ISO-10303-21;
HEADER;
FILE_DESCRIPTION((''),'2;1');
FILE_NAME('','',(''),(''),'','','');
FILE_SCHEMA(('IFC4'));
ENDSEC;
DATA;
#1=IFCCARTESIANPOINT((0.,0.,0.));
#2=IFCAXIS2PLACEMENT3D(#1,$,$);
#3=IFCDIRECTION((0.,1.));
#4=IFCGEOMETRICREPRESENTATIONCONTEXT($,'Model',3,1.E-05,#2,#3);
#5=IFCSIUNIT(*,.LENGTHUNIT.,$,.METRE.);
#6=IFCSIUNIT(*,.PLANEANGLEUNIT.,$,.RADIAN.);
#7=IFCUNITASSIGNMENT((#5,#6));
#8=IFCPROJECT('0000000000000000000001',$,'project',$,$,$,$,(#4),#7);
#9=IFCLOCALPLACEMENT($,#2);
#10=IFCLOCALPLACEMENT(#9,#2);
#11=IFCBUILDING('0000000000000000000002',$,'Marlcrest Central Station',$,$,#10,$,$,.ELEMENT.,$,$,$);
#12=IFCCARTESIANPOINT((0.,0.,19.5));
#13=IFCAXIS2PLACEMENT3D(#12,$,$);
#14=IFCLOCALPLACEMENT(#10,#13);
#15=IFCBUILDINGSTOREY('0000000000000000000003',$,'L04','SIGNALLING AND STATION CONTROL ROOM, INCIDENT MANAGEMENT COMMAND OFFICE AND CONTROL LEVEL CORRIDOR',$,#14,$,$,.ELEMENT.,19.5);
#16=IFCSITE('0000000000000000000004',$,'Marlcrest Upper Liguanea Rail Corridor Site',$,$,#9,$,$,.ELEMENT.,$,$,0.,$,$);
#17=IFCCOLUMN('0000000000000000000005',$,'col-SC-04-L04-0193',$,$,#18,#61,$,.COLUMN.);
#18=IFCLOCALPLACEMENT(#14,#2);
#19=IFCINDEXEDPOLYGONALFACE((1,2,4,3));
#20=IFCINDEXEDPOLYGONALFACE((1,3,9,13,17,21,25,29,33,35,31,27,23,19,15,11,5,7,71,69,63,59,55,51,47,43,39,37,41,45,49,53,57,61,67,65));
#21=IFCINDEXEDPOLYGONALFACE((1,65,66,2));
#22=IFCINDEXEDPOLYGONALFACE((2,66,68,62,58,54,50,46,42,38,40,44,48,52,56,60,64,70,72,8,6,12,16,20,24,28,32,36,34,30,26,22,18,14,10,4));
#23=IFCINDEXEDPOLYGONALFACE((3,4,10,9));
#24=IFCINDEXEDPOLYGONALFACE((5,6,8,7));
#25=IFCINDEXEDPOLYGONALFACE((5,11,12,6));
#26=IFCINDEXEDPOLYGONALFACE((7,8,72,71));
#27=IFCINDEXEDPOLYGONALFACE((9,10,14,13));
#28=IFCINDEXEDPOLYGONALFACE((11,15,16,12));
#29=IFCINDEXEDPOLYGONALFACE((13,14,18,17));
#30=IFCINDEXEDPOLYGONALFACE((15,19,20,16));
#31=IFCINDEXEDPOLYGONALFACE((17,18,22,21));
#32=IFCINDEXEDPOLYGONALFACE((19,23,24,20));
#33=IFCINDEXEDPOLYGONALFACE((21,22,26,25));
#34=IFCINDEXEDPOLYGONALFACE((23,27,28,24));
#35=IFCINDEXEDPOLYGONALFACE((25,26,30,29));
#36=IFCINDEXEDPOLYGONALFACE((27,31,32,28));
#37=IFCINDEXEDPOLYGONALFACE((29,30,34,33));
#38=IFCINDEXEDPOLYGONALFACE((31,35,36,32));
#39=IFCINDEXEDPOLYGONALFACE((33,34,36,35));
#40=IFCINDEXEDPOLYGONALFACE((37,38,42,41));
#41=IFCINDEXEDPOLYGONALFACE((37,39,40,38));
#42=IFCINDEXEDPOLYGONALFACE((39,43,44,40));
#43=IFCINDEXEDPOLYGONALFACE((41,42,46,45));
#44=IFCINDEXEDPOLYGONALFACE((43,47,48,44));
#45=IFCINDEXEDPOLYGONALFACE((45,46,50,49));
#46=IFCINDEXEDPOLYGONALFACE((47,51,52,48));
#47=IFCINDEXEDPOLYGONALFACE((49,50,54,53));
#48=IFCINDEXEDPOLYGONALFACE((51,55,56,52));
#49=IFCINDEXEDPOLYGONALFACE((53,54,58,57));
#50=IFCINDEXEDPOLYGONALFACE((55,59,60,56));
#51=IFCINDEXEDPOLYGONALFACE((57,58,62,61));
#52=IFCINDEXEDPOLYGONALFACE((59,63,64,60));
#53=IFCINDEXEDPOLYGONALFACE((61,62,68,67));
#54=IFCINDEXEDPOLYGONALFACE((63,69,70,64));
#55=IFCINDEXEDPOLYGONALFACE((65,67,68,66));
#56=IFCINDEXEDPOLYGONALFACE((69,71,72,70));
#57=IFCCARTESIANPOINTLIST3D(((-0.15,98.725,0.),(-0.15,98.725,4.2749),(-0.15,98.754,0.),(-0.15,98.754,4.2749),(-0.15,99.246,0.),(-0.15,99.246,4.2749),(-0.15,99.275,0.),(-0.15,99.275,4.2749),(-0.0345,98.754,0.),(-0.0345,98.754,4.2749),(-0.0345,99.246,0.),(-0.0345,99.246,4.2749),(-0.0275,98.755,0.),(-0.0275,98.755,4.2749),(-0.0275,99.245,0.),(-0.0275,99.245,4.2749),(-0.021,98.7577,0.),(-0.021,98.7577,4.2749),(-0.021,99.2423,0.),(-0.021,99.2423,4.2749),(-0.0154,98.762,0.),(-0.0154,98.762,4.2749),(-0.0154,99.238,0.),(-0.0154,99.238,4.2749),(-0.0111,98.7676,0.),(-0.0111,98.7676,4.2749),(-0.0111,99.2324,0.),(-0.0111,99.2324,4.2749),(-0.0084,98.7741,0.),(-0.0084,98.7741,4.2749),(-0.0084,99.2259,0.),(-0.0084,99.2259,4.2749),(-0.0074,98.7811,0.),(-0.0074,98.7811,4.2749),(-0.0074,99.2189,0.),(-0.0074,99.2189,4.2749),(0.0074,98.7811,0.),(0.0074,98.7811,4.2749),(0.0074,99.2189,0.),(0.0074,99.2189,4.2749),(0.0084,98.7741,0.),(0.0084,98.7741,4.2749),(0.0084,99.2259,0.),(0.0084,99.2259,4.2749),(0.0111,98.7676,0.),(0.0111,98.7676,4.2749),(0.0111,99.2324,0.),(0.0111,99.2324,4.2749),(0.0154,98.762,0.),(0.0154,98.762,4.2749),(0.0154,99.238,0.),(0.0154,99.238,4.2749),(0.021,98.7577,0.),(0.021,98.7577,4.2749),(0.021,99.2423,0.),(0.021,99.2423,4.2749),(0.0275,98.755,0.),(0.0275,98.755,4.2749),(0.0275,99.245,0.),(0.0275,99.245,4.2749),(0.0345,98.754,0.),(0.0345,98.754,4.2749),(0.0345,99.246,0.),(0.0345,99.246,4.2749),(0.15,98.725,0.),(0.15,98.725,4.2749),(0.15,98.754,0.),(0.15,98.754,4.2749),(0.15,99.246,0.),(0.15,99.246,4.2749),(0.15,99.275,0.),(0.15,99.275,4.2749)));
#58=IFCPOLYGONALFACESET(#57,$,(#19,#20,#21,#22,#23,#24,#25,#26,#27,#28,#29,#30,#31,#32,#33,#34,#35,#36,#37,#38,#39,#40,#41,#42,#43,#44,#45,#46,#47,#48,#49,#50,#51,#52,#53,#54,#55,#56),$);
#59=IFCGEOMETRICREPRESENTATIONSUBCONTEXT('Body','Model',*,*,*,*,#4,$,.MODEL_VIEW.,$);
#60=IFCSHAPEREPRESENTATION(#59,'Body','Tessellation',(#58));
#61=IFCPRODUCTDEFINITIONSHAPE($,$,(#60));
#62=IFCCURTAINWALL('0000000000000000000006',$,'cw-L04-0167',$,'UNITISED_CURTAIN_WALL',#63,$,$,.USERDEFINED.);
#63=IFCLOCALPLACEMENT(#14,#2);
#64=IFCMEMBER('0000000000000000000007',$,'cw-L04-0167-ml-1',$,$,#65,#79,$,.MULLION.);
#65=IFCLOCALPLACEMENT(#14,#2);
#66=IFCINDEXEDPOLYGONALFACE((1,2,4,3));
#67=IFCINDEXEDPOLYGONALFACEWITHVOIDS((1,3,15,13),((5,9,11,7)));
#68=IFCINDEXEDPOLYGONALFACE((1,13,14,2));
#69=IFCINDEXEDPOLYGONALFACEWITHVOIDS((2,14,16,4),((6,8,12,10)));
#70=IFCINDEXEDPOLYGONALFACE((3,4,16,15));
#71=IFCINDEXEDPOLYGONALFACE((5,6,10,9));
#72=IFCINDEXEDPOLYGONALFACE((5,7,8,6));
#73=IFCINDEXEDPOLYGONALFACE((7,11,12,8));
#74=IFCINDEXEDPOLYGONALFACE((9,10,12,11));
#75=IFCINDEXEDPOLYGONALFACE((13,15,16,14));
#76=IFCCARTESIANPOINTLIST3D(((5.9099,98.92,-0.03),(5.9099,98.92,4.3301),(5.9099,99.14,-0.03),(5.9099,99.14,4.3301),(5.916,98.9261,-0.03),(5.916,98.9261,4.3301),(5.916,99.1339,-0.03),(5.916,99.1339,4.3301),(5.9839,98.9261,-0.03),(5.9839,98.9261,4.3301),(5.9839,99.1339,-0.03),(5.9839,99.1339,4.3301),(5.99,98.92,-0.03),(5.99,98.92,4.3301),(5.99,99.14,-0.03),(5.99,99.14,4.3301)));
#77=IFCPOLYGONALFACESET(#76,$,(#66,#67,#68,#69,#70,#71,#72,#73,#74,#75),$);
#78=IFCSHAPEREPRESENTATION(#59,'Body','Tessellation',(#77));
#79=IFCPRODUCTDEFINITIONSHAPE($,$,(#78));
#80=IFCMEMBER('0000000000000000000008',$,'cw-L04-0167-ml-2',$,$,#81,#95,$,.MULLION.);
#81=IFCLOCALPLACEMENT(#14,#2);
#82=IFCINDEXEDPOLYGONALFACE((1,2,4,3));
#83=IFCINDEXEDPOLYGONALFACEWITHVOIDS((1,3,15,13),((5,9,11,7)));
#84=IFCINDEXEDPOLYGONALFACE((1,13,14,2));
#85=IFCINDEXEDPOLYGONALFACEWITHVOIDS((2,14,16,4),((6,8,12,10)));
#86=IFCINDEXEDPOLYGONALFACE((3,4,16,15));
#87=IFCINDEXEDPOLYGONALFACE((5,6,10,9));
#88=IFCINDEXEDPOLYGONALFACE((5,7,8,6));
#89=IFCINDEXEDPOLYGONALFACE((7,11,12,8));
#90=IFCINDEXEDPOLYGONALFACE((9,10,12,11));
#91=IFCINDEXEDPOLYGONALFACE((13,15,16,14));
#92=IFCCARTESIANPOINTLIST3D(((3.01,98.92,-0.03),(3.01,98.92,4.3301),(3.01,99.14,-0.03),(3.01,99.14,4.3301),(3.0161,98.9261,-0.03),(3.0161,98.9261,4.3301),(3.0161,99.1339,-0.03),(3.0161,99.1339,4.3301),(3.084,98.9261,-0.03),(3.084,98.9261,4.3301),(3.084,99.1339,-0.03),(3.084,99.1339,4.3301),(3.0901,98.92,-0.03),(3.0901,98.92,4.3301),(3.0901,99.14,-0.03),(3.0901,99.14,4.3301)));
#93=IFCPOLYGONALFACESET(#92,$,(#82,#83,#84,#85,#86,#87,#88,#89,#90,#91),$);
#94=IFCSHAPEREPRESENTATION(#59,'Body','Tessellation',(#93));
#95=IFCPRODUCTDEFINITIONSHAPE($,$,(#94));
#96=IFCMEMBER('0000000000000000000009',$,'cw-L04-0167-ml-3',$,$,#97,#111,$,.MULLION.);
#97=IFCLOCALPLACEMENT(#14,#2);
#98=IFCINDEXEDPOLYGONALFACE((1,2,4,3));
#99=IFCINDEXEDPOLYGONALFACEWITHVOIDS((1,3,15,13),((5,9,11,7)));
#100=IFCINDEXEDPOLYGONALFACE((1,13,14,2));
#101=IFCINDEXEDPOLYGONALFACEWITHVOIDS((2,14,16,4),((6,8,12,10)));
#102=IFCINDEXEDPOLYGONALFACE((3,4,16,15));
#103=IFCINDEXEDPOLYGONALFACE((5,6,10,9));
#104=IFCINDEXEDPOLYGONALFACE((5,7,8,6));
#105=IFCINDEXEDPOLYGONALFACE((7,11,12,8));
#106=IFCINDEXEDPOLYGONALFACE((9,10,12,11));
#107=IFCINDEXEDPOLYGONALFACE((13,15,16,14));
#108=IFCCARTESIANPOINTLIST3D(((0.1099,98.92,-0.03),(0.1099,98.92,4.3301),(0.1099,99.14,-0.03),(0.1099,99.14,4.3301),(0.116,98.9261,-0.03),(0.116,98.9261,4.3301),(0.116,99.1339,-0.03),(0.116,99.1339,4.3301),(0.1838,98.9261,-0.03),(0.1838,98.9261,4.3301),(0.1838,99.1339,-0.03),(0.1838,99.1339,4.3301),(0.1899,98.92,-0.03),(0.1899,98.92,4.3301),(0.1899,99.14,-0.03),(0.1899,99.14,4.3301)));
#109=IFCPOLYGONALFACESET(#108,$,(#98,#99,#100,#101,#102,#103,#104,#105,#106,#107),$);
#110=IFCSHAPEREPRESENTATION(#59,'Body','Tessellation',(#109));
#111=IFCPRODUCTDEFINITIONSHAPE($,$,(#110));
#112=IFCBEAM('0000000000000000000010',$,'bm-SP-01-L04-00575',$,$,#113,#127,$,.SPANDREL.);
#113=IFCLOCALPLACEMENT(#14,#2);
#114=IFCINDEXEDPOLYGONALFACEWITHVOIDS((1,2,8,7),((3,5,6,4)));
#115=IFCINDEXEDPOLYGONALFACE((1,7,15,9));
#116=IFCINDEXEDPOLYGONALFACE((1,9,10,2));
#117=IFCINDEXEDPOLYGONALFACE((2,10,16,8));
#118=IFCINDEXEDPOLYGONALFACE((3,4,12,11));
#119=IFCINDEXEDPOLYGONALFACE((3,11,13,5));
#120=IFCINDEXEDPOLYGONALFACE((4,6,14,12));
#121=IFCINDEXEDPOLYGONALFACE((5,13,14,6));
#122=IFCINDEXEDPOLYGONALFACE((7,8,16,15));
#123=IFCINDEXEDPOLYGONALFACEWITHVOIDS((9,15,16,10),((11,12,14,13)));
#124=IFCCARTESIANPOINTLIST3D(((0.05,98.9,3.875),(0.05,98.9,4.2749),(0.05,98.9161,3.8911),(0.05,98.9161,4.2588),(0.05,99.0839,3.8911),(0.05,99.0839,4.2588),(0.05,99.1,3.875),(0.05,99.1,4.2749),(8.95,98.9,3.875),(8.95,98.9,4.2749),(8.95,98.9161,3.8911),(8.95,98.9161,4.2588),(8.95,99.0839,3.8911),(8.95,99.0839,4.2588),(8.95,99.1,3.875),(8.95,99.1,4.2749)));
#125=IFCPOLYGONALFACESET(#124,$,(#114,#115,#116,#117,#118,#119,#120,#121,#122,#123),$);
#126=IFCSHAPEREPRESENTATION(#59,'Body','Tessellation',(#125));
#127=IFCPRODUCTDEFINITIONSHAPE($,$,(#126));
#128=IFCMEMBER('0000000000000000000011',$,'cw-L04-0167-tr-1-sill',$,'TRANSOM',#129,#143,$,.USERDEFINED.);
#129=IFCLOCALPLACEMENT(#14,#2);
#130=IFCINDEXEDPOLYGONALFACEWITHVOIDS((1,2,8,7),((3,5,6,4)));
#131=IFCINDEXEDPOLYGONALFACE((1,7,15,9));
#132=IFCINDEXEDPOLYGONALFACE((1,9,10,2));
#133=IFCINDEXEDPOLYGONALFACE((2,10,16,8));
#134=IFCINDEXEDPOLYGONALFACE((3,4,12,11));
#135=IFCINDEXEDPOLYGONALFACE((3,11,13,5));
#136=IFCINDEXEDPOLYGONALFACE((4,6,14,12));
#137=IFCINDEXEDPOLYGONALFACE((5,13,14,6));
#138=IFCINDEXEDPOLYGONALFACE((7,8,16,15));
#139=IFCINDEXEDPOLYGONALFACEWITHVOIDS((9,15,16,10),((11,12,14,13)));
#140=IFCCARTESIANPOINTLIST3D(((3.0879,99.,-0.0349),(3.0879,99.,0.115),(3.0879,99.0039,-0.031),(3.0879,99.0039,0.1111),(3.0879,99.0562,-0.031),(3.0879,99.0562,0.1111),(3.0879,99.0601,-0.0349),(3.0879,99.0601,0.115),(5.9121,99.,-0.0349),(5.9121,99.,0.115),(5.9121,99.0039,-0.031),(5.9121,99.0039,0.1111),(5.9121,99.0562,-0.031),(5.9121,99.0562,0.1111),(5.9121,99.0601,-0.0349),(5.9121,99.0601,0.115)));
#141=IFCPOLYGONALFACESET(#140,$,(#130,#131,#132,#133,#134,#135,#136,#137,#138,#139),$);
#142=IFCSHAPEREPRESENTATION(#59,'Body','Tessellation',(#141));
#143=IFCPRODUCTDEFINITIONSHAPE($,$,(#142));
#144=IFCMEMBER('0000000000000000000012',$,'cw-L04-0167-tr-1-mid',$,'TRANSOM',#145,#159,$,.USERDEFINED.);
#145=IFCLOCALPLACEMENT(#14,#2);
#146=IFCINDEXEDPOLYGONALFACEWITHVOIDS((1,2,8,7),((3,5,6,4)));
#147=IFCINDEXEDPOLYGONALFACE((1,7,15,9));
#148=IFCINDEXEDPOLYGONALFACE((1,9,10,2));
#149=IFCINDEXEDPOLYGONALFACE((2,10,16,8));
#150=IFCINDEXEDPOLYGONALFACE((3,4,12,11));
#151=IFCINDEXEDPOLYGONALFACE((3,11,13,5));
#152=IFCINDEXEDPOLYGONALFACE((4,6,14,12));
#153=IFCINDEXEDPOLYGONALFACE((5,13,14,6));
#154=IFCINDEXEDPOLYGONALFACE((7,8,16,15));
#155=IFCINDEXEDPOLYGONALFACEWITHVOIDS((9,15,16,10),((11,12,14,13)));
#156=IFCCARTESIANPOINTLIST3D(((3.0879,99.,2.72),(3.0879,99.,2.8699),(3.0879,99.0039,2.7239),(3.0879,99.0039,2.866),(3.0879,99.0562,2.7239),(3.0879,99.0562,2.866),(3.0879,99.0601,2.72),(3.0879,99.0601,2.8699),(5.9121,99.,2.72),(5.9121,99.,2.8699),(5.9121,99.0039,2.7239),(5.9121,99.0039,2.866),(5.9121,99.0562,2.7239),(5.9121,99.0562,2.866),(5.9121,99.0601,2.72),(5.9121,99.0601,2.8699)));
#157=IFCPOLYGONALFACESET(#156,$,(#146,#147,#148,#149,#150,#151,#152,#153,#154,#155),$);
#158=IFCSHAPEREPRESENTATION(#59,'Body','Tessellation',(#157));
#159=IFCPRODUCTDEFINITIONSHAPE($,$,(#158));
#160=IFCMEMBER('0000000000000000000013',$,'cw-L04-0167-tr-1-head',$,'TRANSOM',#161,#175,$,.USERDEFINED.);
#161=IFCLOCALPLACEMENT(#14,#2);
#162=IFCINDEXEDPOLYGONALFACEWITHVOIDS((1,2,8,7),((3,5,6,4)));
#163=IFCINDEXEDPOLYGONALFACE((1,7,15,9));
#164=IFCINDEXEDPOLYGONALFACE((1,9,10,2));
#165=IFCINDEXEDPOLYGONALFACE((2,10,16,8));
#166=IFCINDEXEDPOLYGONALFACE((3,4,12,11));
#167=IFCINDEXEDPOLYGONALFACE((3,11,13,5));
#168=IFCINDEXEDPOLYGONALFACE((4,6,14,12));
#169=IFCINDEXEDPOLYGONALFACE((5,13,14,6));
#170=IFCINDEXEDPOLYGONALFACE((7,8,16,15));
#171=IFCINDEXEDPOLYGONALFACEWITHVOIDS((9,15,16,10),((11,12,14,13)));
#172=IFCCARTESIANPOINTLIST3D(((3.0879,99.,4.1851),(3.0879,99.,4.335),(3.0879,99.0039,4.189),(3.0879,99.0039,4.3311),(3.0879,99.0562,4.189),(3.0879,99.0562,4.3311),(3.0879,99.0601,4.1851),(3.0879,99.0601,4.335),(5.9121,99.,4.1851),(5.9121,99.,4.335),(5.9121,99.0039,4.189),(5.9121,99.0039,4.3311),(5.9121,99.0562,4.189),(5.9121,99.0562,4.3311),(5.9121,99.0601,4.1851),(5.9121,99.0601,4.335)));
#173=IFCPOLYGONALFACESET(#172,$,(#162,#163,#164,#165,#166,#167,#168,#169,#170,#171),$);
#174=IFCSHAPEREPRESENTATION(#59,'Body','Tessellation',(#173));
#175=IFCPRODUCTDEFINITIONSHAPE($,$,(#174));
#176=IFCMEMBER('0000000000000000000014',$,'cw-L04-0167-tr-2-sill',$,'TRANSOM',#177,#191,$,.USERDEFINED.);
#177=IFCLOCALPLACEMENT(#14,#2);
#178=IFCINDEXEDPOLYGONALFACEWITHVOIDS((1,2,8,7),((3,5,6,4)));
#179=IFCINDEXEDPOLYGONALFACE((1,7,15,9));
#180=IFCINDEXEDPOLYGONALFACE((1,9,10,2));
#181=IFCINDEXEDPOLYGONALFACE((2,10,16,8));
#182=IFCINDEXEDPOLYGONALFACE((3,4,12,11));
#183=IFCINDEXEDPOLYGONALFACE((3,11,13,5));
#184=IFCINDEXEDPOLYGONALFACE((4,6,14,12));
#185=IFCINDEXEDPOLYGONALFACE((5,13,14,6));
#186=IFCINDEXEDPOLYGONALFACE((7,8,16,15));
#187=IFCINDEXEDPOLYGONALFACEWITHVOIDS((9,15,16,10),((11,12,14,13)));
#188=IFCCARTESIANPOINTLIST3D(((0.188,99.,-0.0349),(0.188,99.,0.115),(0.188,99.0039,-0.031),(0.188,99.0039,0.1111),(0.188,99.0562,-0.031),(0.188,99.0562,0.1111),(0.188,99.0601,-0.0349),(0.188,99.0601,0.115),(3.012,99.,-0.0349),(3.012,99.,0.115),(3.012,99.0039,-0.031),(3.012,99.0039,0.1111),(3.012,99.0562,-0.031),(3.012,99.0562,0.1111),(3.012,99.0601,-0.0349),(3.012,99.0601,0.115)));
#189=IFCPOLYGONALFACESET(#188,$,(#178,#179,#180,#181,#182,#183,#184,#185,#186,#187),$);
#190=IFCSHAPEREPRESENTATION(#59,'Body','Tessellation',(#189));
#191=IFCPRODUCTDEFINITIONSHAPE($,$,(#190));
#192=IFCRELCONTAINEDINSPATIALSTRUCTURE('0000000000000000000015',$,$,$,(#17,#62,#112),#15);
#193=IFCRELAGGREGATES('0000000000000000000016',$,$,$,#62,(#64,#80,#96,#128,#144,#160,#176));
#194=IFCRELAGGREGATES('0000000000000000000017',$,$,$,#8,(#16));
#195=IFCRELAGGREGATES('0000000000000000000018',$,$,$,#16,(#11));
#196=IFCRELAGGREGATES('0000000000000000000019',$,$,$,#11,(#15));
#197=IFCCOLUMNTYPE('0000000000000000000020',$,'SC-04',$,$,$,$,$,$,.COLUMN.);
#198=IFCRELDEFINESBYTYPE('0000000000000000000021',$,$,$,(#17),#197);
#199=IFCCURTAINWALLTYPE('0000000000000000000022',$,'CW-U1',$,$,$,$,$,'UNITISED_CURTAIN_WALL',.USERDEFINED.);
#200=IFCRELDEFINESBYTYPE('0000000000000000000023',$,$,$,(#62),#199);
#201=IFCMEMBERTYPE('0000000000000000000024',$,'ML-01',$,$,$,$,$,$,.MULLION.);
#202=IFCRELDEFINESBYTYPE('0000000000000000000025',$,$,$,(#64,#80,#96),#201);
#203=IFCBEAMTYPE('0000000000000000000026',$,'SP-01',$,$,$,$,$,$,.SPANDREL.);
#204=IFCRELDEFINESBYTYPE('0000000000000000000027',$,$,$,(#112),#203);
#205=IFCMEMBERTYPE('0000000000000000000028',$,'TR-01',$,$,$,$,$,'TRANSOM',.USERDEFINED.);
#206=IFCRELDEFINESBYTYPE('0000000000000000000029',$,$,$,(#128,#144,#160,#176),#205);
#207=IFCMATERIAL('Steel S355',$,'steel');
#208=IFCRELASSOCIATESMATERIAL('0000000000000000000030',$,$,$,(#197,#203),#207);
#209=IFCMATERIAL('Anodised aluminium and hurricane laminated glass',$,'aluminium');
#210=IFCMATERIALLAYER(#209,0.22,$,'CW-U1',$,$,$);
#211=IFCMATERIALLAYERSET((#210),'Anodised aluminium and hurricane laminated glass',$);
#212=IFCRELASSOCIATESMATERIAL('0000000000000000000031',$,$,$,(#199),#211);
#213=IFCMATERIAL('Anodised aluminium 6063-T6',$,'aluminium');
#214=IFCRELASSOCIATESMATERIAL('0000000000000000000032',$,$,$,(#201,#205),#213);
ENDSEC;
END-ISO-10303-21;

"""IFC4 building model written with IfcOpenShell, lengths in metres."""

from ifc_helpers import new_model, si_unit, direction, frame, origin, origin_2d, place, context, subcontext, project, spatial, hollow_rectangle, i_section, extrude, material, layer, layer_set, material_profile, profile_set, type_object, element, aggregate, save


model = new_model("IFC4")

# Units and contexts
model_context = context("Model", 3, precision=1e-05, world=origin(), true_north=direction((0.0, 1.0)))
body_context = subcontext(model_context, "Body", "Model", "MODEL_VIEW")
ifc_project = project(units=[si_unit("LENGTHUNIT", "METRE"), si_unit("PLANEANGLEUNIT", "RADIAN")], contexts=[model_context])

# Site, building, storey
site_placement = place(None, origin())
site = spatial("IfcSite", under=ifc_project, at=site_placement, Name="Marlcrest Upper Liguanea Rail Corridor Site", CompositionType="ELEMENT", RefElevation=0.0)
building_placement = place(site_placement, origin())
building = spatial("IfcBuilding", under=site, at=building_placement, Name="Marlcrest Central Station", CompositionType="ELEMENT")
storey_placement = place(building_placement, frame((0.0, 0.0, 19.5)))
storey = spatial("IfcBuildingStorey", under=building, at=storey_placement, Name="L04", Description="SIGNALLING AND STATION CONTROL ROOM, INCIDENT MANAGEMENT COMMAND OFFICE AND CONTROL LEVEL CORRIDOR", CompositionType="ELEMENT", Elevation=19.5)

# Column
ifc_material_1 = material(Name="Steel S355", Category="steel")
ifc_material_profile_1 = material_profile(ifc_material_1, i_section(OverallWidth=0.3, OverallDepth=0.55, WebThickness=0.0149, FlangeThickness=0.0291, FilletRadius=0.0271, at=origin_2d()), Name="HEB 550")
ifc_profile_set_1 = profile_set([ifc_material_profile_1], Name="Steel S355")
column_type = type_object("IfcColumnType", Name="SC-04", PredefinedType="COLUMN", material=ifc_profile_set_1)
column_placement = place(storey_placement, frame((0.0, 99.0, 0.0), z_axis=(0.0, 0.0, 1.0), x_axis=(1.0, 0.0, 0.0)))
element("IfcColumn", 1, at=column_placement, inside=storey, type_object=column_type, Name="col-SC-04-L04-0193", PredefinedType="COLUMN", context=body_context, shape_type="SweptSolid", body=[
    extrude(i_section(OverallWidth=0.3, OverallDepth=0.55, WebThickness=0.0149, FlangeThickness=0.0291, FilletRadius=0.0271, at=origin_2d()), origin(), (0.0, 0.0, 1.0), 4.2749),
])

# Curtain wall, members
ifc_material_2 = material(Name="Anodised aluminium and hurricane laminated glass", Category="aluminium")
ifc_layer_1 = layer(ifc_material_2, 0.22, Name="CW-U1")
ifc_layer_set_1 = layer_set([ifc_layer_1], Name="Anodised aluminium and hurricane laminated glass")
curtain_wall_type = type_object("IfcCurtainWallType", Name="CW-U1", ElementType="UNITISED_CURTAIN_WALL", PredefinedType="USERDEFINED", material=ifc_layer_set_1)
curtain_wall_placement = place(storey_placement, origin())
curtain_wall = element("IfcCurtainWall", 2, at=curtain_wall_placement, inside=storey, type_object=curtain_wall_type, Name="cw-L04-0167", ObjectType="UNITISED_CURTAIN_WALL", PredefinedType="USERDEFINED")
ifc_material_3 = material(Name="Anodised aluminium 6063-T6", Category="aluminium")
ifc_material_profile_2 = material_profile(ifc_material_3, hollow_rectangle(XDim=0.0801, YDim=0.22, WallThickness=0.0061, at=origin_2d()), Name="AA-RHS 220x80x6")
ifc_profile_set_2 = profile_set([ifc_material_profile_2], Name="Anodised aluminium 6063-T6")
member_type_1 = type_object("IfcMemberType", Name="ML-01", PredefinedType="MULLION", material=ifc_profile_set_2)
member_1_placement = place(storey_placement, frame((5.95, 99.03, -0.03), z_axis=(0.0, 0.0, 1.0), x_axis=(1.0, 0.0, 0.0)))
member_1 = element("IfcMember", 3, at=member_1_placement, type_object=member_type_1, Name="cw-L04-0167-ml-1", PredefinedType="MULLION", context=body_context, shape_type="SweptSolid", body=[
    extrude(hollow_rectangle(XDim=0.0801, YDim=0.22, WallThickness=0.0061, at=origin_2d()), origin(), (0.0, 0.0, 1.0), 4.3601),
])
member_2_placement = place(storey_placement, frame((3.05, 99.03, -0.03), z_axis=(0.0, 0.0, 1.0), x_axis=(1.0, 0.0, 0.0)))
member_2 = element("IfcMember", 4, at=member_2_placement, type_object=member_type_1, Name="cw-L04-0167-ml-2", PredefinedType="MULLION", context=body_context, shape_type="SweptSolid", body=[
    extrude(hollow_rectangle(XDim=0.0801, YDim=0.22, WallThickness=0.0061, at=origin_2d()), origin(), (0.0, 0.0, 1.0), 4.3601),
])
member_3_placement = place(storey_placement, frame((0.1499, 99.03, -0.03), z_axis=(0.0, 0.0, 1.0), x_axis=(1.0, 0.0, 0.0)))
member_3 = element("IfcMember", 5, at=member_3_placement, type_object=member_type_1, Name="cw-L04-0167-ml-3", PredefinedType="MULLION", context=body_context, shape_type="SweptSolid", body=[
    extrude(hollow_rectangle(XDim=0.0801, YDim=0.22, WallThickness=0.0061, at=origin_2d()), origin(), (0.0, 0.0, 1.0), 4.3601),
])

# Beam
ifc_material_profile_3 = material_profile(ifc_material_1, hollow_rectangle(XDim=0.2, YDim=0.3999, WallThickness=0.0161, at=origin_2d()), Name="RHS 400x200x16")
ifc_profile_set_3 = profile_set([ifc_material_profile_3], Name="Steel S355")
beam_type = type_object("IfcBeamType", Name="SP-01", PredefinedType="SPANDREL", material=ifc_profile_set_3)
beam_placement = place(storey_placement, frame((0.05, 99.0, 4.075), z_axis=(1.0, 0.0, 0.0), x_axis=(0.0, 1.0, 0.0)))
element("IfcBeam", 6, at=beam_placement, inside=storey, type_object=beam_type, Name="bm-SP-01-L04-00575", PredefinedType="SPANDREL", context=body_context, shape_type="SweptSolid", body=[
    extrude(hollow_rectangle(XDim=0.2, YDim=0.3999, WallThickness=0.0161, at=origin_2d()), origin(), (0.0, 0.0, 1.0), 8.8999),
])

# Members
ifc_material_profile_4 = material_profile(ifc_material_3, hollow_rectangle(XDim=0.0601, YDim=0.1499, WallThickness=0.0039, at=origin_2d()), Name="AA-RHS 150x60x4")
ifc_profile_set_4 = profile_set([ifc_material_profile_4], Name="Anodised aluminium 6063-T6")
member_type_2 = type_object("IfcMemberType", Name="TR-01", ElementType="TRANSOM", PredefinedType="USERDEFINED", material=ifc_profile_set_4)
member_4_placement = place(storey_placement, frame((5.9121, 99.03, 0.04), z_axis=(-1.0, 0.0, 0.0), x_axis=(0.0, -1.0, 0.0)))
member_4 = element("IfcMember", 7, at=member_4_placement, type_object=member_type_2, Name="cw-L04-0167-tr-1-sill", ObjectType="TRANSOM", PredefinedType="USERDEFINED", context=body_context, shape_type="SweptSolid", body=[
    extrude(hollow_rectangle(XDim=0.0601, YDim=0.1499, WallThickness=0.0039, at=origin_2d()), origin(), (0.0, 0.0, 1.0), 2.8242),
])
member_5_placement = place(storey_placement, frame((5.9121, 99.03, 2.7949), z_axis=(-1.0, 0.0, 0.0), x_axis=(0.0, -1.0, 0.0)))
member_5 = element("IfcMember", 8, at=member_5_placement, type_object=member_type_2, Name="cw-L04-0167-tr-1-mid", ObjectType="TRANSOM", PredefinedType="USERDEFINED", context=body_context, shape_type="SweptSolid", body=[
    extrude(hollow_rectangle(XDim=0.0601, YDim=0.1499, WallThickness=0.0039, at=origin_2d()), origin(), (0.0, 0.0, 1.0), 2.8242),
])
member_6_placement = place(storey_placement, frame((5.9121, 99.03, 4.26), z_axis=(-1.0, 0.0, 0.0), x_axis=(0.0, -1.0, 0.0)))
member_6 = element("IfcMember", 9, at=member_6_placement, type_object=member_type_2, Name="cw-L04-0167-tr-1-head", ObjectType="TRANSOM", PredefinedType="USERDEFINED", context=body_context, shape_type="SweptSolid", body=[
    extrude(hollow_rectangle(XDim=0.0601, YDim=0.1499, WallThickness=0.0039, at=origin_2d()), origin(), (0.0, 0.0, 1.0), 2.8242),
])
member_7_placement = place(storey_placement, frame((3.012, 99.03, 0.04), z_axis=(-1.0, 0.0, 0.0), x_axis=(0.0, -1.0, 0.0)))
member_7 = element("IfcMember", 10, at=member_7_placement, type_object=member_type_2, Name="cw-L04-0167-tr-2-sill", ObjectType="TRANSOM", PredefinedType="USERDEFINED", context=body_context, shape_type="SweptSolid", body=[
    extrude(hollow_rectangle(XDim=0.0601, YDim=0.1499, WallThickness=0.0039, at=origin_2d()), origin(), (0.0, 0.0, 1.0), 2.824),
])

aggregate(curtain_wall, [member_1, member_2, member_3, member_4, member_5, member_6, member_7])

save(model, "model.ifc")
